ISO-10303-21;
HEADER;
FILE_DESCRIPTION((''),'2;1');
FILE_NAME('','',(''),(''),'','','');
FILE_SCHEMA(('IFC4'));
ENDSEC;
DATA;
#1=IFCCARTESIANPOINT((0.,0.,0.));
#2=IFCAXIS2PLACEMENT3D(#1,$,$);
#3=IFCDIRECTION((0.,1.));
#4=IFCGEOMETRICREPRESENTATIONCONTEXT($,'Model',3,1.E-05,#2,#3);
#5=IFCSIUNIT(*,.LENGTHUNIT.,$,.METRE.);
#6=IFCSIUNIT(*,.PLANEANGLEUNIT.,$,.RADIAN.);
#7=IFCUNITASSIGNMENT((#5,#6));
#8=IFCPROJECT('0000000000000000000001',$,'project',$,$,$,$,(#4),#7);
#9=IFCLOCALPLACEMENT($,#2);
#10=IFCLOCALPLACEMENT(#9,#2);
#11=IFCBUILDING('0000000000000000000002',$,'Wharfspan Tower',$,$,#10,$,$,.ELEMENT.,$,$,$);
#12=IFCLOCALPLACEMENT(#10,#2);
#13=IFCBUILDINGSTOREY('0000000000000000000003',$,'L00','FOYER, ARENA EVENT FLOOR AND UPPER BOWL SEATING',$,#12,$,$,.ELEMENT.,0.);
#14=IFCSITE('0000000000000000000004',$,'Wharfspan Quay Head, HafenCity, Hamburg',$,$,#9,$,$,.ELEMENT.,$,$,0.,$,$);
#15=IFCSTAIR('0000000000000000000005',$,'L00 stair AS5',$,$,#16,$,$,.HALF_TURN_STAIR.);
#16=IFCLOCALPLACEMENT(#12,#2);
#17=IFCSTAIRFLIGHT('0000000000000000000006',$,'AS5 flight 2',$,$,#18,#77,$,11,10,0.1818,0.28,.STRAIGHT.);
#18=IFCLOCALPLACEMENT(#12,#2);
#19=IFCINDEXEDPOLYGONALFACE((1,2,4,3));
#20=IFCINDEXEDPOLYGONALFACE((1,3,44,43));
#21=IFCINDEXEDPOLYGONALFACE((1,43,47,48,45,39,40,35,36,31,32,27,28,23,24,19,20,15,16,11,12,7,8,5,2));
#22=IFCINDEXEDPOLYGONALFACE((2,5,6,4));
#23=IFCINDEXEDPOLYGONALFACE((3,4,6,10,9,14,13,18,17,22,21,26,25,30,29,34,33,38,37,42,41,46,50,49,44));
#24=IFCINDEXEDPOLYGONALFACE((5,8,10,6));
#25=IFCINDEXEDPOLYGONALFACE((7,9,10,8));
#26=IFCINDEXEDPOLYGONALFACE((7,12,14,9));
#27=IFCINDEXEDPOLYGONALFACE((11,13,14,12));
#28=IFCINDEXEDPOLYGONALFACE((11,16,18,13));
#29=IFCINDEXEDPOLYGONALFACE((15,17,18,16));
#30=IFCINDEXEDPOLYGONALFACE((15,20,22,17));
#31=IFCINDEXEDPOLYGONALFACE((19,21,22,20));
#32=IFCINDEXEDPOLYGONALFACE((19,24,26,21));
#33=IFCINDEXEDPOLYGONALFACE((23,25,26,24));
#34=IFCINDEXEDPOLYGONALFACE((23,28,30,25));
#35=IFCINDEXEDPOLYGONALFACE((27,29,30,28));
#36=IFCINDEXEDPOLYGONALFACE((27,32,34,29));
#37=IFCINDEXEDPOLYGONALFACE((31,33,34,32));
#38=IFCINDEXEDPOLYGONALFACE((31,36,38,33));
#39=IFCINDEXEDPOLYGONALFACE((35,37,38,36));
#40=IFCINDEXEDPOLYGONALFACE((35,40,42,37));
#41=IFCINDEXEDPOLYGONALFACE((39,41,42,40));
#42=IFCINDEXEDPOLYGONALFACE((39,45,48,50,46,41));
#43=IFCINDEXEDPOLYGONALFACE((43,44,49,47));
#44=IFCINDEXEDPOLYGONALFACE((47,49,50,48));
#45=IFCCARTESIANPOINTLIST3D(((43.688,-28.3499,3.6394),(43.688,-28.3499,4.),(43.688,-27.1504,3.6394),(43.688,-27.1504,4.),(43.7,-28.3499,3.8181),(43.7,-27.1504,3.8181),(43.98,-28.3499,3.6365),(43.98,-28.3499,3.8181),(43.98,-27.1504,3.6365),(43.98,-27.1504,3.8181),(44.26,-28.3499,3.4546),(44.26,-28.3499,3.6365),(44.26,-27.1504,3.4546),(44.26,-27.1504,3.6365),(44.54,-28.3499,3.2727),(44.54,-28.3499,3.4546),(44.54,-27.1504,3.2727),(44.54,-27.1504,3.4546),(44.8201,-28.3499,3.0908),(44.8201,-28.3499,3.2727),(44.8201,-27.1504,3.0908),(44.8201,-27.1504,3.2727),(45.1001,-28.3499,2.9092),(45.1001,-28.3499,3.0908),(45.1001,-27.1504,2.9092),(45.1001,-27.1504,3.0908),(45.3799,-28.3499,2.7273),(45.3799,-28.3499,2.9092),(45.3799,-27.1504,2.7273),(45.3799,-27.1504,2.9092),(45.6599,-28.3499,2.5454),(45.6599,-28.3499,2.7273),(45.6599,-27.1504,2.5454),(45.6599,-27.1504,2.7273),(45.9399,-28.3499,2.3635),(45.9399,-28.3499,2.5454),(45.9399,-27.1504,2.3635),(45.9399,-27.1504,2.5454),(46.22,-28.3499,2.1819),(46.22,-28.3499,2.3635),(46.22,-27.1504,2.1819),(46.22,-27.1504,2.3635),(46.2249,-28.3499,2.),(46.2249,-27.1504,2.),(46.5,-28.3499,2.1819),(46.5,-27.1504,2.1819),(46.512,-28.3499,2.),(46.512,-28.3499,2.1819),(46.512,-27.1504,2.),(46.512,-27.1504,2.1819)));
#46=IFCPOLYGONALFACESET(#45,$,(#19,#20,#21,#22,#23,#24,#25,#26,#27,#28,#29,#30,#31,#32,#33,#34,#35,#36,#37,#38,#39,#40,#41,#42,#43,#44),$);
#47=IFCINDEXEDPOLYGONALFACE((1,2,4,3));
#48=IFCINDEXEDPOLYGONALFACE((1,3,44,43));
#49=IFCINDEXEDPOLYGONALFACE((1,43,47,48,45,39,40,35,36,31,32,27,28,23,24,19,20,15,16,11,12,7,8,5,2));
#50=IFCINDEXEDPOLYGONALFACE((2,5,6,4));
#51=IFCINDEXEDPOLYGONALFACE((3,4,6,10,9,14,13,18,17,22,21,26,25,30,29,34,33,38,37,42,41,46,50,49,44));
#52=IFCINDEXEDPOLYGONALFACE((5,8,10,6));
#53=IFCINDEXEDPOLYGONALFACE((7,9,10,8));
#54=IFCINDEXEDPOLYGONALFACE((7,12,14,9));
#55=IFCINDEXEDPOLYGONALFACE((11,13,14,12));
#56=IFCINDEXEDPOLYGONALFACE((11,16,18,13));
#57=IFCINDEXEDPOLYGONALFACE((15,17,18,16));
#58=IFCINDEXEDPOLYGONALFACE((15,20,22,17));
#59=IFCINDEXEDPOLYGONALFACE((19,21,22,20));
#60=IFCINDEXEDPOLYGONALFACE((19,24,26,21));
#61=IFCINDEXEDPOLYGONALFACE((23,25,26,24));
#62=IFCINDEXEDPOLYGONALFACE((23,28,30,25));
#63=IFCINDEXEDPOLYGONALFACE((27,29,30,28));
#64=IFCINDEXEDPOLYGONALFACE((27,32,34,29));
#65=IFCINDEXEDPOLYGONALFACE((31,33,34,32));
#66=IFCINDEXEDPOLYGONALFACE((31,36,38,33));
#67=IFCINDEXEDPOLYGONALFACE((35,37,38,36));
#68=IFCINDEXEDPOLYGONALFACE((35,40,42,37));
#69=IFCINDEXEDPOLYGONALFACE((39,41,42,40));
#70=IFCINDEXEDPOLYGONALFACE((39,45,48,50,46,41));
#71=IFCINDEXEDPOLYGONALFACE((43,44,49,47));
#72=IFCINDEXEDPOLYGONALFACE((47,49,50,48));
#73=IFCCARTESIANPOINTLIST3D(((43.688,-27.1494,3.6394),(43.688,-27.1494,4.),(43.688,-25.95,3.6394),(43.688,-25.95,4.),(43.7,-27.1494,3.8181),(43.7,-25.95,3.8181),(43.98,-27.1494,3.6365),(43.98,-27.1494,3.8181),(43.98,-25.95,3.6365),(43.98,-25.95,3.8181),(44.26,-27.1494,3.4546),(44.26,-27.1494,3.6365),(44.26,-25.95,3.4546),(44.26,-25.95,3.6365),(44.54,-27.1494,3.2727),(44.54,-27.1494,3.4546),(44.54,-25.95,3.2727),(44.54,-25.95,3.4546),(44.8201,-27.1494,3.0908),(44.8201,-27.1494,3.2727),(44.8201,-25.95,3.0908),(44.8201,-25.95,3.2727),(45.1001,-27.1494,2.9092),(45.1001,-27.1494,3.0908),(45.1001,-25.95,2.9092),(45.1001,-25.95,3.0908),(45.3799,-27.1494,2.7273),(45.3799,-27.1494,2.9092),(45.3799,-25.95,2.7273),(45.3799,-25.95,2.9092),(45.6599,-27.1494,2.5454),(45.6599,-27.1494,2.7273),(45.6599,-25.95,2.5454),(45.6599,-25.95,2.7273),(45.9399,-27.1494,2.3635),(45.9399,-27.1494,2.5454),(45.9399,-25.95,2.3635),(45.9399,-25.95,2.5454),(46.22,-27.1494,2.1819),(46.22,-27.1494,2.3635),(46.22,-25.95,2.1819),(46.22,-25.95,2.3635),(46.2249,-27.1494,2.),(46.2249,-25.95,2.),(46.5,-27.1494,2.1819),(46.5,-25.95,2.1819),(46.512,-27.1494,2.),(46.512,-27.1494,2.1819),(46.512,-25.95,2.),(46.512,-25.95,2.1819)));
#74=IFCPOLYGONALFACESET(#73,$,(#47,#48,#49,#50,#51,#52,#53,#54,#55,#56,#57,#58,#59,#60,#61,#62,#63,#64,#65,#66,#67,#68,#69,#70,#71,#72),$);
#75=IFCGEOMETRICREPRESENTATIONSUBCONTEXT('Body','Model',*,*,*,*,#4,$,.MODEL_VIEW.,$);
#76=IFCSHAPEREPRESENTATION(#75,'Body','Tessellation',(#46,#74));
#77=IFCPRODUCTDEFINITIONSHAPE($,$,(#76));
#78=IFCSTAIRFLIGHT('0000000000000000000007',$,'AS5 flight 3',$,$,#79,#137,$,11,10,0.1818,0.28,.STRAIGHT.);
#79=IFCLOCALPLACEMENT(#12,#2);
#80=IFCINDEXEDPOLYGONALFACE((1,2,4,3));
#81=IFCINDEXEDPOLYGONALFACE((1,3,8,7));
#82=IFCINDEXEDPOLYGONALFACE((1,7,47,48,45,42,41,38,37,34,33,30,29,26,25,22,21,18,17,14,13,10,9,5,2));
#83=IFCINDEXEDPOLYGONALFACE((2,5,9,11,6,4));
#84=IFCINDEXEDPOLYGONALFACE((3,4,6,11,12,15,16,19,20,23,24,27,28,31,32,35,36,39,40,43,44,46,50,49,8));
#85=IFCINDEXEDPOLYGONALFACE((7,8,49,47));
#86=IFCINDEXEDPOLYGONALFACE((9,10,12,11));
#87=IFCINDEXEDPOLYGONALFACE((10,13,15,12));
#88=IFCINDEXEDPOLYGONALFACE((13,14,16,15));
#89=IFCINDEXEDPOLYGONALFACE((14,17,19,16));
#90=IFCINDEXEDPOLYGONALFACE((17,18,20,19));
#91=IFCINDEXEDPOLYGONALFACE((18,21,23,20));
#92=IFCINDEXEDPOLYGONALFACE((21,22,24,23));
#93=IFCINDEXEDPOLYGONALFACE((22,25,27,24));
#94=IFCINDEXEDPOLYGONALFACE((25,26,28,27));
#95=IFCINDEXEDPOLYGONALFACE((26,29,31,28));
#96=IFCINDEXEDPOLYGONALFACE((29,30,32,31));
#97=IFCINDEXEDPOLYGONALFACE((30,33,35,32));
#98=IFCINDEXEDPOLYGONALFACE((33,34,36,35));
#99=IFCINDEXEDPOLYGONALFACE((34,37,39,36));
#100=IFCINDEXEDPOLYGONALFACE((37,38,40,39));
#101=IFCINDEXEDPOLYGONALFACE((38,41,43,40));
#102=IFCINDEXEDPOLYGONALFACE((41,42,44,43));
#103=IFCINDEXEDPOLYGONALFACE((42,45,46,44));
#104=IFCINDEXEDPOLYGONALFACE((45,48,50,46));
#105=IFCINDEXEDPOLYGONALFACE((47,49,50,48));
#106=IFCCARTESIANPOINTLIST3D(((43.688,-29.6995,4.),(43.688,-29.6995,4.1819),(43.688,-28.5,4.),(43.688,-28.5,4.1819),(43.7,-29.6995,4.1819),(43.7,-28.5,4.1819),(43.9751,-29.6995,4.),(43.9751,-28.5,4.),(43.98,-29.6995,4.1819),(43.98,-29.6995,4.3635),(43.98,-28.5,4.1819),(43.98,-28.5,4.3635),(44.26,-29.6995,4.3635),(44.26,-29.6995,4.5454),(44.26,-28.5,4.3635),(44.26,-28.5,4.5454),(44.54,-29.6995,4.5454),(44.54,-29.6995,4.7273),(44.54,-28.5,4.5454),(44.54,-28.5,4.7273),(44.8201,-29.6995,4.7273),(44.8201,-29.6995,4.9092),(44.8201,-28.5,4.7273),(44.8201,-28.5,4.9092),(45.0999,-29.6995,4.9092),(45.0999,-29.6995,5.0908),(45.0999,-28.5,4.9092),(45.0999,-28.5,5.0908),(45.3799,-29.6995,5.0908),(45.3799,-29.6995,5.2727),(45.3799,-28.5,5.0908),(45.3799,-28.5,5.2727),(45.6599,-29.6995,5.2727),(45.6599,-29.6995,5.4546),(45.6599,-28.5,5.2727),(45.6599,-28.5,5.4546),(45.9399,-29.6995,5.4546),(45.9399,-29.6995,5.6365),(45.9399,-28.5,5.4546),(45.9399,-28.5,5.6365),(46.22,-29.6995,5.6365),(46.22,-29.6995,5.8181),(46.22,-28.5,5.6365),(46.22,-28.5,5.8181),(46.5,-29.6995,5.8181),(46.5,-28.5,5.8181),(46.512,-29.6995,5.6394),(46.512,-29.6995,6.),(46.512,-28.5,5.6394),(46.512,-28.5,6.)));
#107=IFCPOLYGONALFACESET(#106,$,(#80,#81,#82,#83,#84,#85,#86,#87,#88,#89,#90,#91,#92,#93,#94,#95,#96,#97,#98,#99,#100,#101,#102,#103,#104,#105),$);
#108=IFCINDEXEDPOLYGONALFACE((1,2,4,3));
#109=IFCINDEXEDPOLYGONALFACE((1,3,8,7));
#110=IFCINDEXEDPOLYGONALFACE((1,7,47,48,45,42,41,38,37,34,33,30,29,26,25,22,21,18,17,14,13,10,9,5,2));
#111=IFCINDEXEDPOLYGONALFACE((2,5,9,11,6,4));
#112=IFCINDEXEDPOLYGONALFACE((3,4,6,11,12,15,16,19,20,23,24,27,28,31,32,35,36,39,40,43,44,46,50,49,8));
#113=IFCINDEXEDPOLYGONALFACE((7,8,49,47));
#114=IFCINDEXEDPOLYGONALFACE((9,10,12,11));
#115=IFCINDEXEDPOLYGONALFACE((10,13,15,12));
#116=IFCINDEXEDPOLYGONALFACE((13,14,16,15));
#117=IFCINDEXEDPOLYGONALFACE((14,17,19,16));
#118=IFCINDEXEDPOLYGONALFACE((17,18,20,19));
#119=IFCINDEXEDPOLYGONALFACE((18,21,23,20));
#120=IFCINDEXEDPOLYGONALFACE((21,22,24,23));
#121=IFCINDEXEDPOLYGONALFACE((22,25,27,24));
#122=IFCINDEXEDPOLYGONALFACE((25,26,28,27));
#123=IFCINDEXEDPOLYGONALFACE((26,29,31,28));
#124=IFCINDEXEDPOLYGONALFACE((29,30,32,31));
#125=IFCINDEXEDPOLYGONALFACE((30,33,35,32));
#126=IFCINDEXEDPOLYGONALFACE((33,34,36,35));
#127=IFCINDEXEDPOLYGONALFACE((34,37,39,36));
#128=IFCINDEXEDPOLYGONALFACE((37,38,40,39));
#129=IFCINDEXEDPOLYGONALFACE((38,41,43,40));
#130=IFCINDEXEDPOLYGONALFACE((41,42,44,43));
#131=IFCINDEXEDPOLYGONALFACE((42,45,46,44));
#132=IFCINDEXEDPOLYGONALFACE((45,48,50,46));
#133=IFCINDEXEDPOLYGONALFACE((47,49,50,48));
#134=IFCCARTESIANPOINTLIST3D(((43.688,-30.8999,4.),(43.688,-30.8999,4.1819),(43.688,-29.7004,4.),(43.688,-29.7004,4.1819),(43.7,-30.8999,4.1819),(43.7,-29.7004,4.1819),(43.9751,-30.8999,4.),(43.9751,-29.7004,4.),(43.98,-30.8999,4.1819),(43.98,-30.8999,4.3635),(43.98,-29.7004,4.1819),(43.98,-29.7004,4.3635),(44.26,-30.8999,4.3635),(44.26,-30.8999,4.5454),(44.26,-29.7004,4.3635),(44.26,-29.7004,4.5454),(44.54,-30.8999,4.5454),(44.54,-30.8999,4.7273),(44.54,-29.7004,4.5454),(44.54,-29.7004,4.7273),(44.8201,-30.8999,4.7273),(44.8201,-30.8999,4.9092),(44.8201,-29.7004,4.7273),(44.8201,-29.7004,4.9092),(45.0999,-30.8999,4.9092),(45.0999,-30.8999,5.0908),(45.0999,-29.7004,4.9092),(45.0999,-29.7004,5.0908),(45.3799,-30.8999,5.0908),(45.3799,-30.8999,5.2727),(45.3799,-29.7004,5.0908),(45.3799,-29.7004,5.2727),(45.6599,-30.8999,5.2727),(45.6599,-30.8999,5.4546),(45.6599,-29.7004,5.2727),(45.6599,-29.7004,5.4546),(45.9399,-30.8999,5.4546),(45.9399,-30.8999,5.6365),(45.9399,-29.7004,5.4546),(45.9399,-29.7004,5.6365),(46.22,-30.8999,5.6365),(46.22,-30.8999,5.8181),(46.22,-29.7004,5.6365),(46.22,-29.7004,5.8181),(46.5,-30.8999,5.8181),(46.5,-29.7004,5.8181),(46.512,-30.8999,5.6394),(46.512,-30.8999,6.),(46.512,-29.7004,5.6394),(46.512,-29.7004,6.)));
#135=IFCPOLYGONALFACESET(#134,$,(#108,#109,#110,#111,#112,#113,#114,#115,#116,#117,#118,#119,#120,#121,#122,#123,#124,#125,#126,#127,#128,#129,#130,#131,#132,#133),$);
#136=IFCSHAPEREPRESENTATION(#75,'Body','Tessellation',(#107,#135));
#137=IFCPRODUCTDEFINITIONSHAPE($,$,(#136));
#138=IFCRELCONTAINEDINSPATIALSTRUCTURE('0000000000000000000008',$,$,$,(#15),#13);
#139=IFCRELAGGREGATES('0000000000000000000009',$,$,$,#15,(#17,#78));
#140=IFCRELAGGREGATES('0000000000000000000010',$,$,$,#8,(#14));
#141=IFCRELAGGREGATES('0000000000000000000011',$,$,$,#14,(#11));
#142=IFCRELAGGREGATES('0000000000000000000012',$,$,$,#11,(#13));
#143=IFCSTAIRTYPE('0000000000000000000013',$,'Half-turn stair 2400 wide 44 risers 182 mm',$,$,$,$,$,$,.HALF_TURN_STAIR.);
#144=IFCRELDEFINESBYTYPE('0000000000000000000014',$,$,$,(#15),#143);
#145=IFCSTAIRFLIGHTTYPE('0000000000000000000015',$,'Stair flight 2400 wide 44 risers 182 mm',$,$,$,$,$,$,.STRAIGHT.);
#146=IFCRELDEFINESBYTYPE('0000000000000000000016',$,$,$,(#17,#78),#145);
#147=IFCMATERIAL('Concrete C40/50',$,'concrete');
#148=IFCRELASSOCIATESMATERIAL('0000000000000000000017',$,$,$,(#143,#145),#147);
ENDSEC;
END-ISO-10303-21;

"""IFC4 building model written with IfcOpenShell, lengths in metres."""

from ifc_helpers import new_model, si_unit, direction, frame, origin, place, context, subcontext, project, spatial, polyline, outline, extrude, material, type_object, element, aggregate, save


model = new_model("IFC4")

# Units and contexts
model_context = context("Model", 3, precision=1e-05, world=origin(), true_north=direction((0.0, 1.0)))
body_context = subcontext(model_context, "Body", "Model", "MODEL_VIEW")
ifc_project = project(units=[si_unit("LENGTHUNIT", "METRE"), si_unit("PLANEANGLEUNIT", "RADIAN")], contexts=[model_context])

# Site, building, storey
site_placement = place(None, origin())
site = spatial("IfcSite", under=ifc_project, at=site_placement, Name="Wharfspan Quay Head, HafenCity, Hamburg", CompositionType="ELEMENT", RefElevation=0.0)
building_placement = place(site_placement, origin())
building = spatial("IfcBuilding", under=site, at=building_placement, Name="Wharfspan Tower", CompositionType="ELEMENT")
storey_placement = place(building_placement, origin())
storey = spatial("IfcBuildingStorey", under=building, at=storey_placement, Name="L00", Description="FOYER, ARENA EVENT FLOOR AND UPPER BOWL SEATING", CompositionType="ELEMENT", Elevation=0.0)

# Shared definitions
ifc_material_1 = material(Name="Concrete C40/50", Category="concrete")

# Stair, stair flights
stair_type = type_object("IfcStairType", Name="Half-turn stair 2400 wide 44 risers 182 mm", PredefinedType="HALF_TURN_STAIR", material=ifc_material_1)
stair_placement = place(storey_placement, origin())
stair = element("IfcStair", 1, at=stair_placement, inside=storey, type_object=stair_type, Name="L00 stair AS5", PredefinedType="HALF_TURN_STAIR")
stair_flight_type = type_object("IfcStairFlightType", Name="Stair flight 2400 wide 44 risers 182 mm", PredefinedType="STRAIGHT", material=ifc_material_1)
stair_flight_1_placement = place(storey_placement, frame((46.5, -27.1499, 2.0), z_axis=(0.0, 0.0, 1.0), x_axis=(-1.0, 0.0, 0.0)))
stair_flight_1 = element("IfcStairFlight", 2, at=stair_flight_1_placement, type_object=stair_flight_type, Name="AS5 flight 2", NumberOfRisers=11, NumberOfTreads=10, PredefinedType="STRAIGHT", RiserHeight=0.1818, TreadLength=0.28, context=body_context, shape_type="SweptSolid", body=[
    extrude(outline(polyline([(-0.012, 0.0), (-0.012, 0.1819), (0.0, 0.1819), (0.28, 0.1819), (0.28, 0.3635), (0.5601, 0.3635), (0.5601, 0.5454), (0.8401, 0.5454), (0.8401, 0.7273), (1.1201, 0.7273), (1.1201, 0.9092), (1.3999, 0.9092), (1.3999, 1.0908), (1.6799, 1.0908), (1.6799, 1.2727), (1.96, 1.2727), (1.96, 1.4546), (2.24, 1.4546), (2.24, 1.6365), (2.52, 1.6365), (2.52, 1.8181), (2.8, 1.8181), (2.812, 2.0), (2.812, 1.6394), (0.2751, 0.0), (-0.012, 0.0)])), frame((0.0, 1.2, 0.0), z_axis=(0.0, -1.0, 0.0), x_axis=(1.0, 0.0, 0.0)), (0.0, 0.0, 1.0), 1.1995),
    extrude(outline(polyline([(-0.012, 0.0), (-0.012, 0.1819), (0.0, 0.1819), (0.28, 0.1819), (0.28, 0.3635), (0.5601, 0.3635), (0.5601, 0.5454), (0.8401, 0.5454), (0.8401, 0.7273), (1.1201, 0.7273), (1.1201, 0.9092), (1.3999, 0.9092), (1.3999, 1.0908), (1.6799, 1.0908), (1.6799, 1.2727), (1.96, 1.2727), (1.96, 1.4546), (2.24, 1.4546), (2.24, 1.6365), (2.52, 1.6365), (2.52, 1.8181), (2.8, 1.8181), (2.812, 2.0), (2.812, 1.6394), (0.2751, 0.0), (-0.012, 0.0)])), frame((0.0, -0.0005, 0.0), z_axis=(0.0, -1.0, 0.0), x_axis=(1.0, 0.0, 0.0)), (0.0, 0.0, 1.0), 1.1995),
])
stair_flight_2_placement = place(storey_placement, frame((43.7, -29.7, 4.0), z_axis=(0.0, 0.0, 1.0), x_axis=(1.0, 0.0, 0.0)))
stair_flight_2 = element("IfcStairFlight", 3, at=stair_flight_2_placement, type_object=stair_flight_type, Name="AS5 flight 3", NumberOfRisers=11, NumberOfTreads=10, PredefinedType="STRAIGHT", RiserHeight=0.1818, TreadLength=0.28, context=body_context, shape_type="SweptSolid", body=[
    extrude(outline(polyline([(-0.012, 0.0), (-0.012, 0.1819), (0.0, 0.1819), (0.28, 0.1819), (0.28, 0.3635), (0.5601, 0.3635), (0.5601, 0.5454), (0.8401, 0.5454), (0.8401, 0.7273), (1.1201, 0.7273), (1.1201, 0.9092), (1.3999, 0.9092), (1.3999, 1.0908), (1.6799, 1.0908), (1.6799, 1.2727), (1.96, 1.2727), (1.96, 1.4546), (2.24, 1.4546), (2.24, 1.6365), (2.52, 1.6365), (2.52, 1.8181), (2.8, 1.8181), (2.812, 2.0), (2.812, 1.6394), (0.2751, 0.0), (-0.012, 0.0)])), frame((0.0, 1.2, 0.0), z_axis=(0.0, -1.0, 0.0), x_axis=(1.0, 0.0, 0.0)), (0.0, 0.0, 1.0), 1.1995),
    extrude(outline(polyline([(-0.012, 0.0), (-0.012, 0.1819), (0.0, 0.1819), (0.28, 0.1819), (0.28, 0.3635), (0.5601, 0.3635), (0.5601, 0.5454), (0.8401, 0.5454), (0.8401, 0.7273), (1.1201, 0.7273), (1.1201, 0.9092), (1.3999, 0.9092), (1.3999, 1.0908), (1.6799, 1.0908), (1.6799, 1.2727), (1.96, 1.2727), (1.96, 1.4546), (2.24, 1.4546), (2.24, 1.6365), (2.52, 1.6365), (2.52, 1.8181), (2.8, 1.8181), (2.812, 2.0), (2.812, 1.6394), (0.2751, 0.0), (-0.012, 0.0)])), frame((0.0, -0.0005, 0.0), z_axis=(0.0, -1.0, 0.0), x_axis=(1.0, 0.0, 0.0)), (0.0, 0.0, 1.0), 1.1995),
])
aggregate(stair, [stair_flight_1, stair_flight_2])

save(model, "model.ifc")
